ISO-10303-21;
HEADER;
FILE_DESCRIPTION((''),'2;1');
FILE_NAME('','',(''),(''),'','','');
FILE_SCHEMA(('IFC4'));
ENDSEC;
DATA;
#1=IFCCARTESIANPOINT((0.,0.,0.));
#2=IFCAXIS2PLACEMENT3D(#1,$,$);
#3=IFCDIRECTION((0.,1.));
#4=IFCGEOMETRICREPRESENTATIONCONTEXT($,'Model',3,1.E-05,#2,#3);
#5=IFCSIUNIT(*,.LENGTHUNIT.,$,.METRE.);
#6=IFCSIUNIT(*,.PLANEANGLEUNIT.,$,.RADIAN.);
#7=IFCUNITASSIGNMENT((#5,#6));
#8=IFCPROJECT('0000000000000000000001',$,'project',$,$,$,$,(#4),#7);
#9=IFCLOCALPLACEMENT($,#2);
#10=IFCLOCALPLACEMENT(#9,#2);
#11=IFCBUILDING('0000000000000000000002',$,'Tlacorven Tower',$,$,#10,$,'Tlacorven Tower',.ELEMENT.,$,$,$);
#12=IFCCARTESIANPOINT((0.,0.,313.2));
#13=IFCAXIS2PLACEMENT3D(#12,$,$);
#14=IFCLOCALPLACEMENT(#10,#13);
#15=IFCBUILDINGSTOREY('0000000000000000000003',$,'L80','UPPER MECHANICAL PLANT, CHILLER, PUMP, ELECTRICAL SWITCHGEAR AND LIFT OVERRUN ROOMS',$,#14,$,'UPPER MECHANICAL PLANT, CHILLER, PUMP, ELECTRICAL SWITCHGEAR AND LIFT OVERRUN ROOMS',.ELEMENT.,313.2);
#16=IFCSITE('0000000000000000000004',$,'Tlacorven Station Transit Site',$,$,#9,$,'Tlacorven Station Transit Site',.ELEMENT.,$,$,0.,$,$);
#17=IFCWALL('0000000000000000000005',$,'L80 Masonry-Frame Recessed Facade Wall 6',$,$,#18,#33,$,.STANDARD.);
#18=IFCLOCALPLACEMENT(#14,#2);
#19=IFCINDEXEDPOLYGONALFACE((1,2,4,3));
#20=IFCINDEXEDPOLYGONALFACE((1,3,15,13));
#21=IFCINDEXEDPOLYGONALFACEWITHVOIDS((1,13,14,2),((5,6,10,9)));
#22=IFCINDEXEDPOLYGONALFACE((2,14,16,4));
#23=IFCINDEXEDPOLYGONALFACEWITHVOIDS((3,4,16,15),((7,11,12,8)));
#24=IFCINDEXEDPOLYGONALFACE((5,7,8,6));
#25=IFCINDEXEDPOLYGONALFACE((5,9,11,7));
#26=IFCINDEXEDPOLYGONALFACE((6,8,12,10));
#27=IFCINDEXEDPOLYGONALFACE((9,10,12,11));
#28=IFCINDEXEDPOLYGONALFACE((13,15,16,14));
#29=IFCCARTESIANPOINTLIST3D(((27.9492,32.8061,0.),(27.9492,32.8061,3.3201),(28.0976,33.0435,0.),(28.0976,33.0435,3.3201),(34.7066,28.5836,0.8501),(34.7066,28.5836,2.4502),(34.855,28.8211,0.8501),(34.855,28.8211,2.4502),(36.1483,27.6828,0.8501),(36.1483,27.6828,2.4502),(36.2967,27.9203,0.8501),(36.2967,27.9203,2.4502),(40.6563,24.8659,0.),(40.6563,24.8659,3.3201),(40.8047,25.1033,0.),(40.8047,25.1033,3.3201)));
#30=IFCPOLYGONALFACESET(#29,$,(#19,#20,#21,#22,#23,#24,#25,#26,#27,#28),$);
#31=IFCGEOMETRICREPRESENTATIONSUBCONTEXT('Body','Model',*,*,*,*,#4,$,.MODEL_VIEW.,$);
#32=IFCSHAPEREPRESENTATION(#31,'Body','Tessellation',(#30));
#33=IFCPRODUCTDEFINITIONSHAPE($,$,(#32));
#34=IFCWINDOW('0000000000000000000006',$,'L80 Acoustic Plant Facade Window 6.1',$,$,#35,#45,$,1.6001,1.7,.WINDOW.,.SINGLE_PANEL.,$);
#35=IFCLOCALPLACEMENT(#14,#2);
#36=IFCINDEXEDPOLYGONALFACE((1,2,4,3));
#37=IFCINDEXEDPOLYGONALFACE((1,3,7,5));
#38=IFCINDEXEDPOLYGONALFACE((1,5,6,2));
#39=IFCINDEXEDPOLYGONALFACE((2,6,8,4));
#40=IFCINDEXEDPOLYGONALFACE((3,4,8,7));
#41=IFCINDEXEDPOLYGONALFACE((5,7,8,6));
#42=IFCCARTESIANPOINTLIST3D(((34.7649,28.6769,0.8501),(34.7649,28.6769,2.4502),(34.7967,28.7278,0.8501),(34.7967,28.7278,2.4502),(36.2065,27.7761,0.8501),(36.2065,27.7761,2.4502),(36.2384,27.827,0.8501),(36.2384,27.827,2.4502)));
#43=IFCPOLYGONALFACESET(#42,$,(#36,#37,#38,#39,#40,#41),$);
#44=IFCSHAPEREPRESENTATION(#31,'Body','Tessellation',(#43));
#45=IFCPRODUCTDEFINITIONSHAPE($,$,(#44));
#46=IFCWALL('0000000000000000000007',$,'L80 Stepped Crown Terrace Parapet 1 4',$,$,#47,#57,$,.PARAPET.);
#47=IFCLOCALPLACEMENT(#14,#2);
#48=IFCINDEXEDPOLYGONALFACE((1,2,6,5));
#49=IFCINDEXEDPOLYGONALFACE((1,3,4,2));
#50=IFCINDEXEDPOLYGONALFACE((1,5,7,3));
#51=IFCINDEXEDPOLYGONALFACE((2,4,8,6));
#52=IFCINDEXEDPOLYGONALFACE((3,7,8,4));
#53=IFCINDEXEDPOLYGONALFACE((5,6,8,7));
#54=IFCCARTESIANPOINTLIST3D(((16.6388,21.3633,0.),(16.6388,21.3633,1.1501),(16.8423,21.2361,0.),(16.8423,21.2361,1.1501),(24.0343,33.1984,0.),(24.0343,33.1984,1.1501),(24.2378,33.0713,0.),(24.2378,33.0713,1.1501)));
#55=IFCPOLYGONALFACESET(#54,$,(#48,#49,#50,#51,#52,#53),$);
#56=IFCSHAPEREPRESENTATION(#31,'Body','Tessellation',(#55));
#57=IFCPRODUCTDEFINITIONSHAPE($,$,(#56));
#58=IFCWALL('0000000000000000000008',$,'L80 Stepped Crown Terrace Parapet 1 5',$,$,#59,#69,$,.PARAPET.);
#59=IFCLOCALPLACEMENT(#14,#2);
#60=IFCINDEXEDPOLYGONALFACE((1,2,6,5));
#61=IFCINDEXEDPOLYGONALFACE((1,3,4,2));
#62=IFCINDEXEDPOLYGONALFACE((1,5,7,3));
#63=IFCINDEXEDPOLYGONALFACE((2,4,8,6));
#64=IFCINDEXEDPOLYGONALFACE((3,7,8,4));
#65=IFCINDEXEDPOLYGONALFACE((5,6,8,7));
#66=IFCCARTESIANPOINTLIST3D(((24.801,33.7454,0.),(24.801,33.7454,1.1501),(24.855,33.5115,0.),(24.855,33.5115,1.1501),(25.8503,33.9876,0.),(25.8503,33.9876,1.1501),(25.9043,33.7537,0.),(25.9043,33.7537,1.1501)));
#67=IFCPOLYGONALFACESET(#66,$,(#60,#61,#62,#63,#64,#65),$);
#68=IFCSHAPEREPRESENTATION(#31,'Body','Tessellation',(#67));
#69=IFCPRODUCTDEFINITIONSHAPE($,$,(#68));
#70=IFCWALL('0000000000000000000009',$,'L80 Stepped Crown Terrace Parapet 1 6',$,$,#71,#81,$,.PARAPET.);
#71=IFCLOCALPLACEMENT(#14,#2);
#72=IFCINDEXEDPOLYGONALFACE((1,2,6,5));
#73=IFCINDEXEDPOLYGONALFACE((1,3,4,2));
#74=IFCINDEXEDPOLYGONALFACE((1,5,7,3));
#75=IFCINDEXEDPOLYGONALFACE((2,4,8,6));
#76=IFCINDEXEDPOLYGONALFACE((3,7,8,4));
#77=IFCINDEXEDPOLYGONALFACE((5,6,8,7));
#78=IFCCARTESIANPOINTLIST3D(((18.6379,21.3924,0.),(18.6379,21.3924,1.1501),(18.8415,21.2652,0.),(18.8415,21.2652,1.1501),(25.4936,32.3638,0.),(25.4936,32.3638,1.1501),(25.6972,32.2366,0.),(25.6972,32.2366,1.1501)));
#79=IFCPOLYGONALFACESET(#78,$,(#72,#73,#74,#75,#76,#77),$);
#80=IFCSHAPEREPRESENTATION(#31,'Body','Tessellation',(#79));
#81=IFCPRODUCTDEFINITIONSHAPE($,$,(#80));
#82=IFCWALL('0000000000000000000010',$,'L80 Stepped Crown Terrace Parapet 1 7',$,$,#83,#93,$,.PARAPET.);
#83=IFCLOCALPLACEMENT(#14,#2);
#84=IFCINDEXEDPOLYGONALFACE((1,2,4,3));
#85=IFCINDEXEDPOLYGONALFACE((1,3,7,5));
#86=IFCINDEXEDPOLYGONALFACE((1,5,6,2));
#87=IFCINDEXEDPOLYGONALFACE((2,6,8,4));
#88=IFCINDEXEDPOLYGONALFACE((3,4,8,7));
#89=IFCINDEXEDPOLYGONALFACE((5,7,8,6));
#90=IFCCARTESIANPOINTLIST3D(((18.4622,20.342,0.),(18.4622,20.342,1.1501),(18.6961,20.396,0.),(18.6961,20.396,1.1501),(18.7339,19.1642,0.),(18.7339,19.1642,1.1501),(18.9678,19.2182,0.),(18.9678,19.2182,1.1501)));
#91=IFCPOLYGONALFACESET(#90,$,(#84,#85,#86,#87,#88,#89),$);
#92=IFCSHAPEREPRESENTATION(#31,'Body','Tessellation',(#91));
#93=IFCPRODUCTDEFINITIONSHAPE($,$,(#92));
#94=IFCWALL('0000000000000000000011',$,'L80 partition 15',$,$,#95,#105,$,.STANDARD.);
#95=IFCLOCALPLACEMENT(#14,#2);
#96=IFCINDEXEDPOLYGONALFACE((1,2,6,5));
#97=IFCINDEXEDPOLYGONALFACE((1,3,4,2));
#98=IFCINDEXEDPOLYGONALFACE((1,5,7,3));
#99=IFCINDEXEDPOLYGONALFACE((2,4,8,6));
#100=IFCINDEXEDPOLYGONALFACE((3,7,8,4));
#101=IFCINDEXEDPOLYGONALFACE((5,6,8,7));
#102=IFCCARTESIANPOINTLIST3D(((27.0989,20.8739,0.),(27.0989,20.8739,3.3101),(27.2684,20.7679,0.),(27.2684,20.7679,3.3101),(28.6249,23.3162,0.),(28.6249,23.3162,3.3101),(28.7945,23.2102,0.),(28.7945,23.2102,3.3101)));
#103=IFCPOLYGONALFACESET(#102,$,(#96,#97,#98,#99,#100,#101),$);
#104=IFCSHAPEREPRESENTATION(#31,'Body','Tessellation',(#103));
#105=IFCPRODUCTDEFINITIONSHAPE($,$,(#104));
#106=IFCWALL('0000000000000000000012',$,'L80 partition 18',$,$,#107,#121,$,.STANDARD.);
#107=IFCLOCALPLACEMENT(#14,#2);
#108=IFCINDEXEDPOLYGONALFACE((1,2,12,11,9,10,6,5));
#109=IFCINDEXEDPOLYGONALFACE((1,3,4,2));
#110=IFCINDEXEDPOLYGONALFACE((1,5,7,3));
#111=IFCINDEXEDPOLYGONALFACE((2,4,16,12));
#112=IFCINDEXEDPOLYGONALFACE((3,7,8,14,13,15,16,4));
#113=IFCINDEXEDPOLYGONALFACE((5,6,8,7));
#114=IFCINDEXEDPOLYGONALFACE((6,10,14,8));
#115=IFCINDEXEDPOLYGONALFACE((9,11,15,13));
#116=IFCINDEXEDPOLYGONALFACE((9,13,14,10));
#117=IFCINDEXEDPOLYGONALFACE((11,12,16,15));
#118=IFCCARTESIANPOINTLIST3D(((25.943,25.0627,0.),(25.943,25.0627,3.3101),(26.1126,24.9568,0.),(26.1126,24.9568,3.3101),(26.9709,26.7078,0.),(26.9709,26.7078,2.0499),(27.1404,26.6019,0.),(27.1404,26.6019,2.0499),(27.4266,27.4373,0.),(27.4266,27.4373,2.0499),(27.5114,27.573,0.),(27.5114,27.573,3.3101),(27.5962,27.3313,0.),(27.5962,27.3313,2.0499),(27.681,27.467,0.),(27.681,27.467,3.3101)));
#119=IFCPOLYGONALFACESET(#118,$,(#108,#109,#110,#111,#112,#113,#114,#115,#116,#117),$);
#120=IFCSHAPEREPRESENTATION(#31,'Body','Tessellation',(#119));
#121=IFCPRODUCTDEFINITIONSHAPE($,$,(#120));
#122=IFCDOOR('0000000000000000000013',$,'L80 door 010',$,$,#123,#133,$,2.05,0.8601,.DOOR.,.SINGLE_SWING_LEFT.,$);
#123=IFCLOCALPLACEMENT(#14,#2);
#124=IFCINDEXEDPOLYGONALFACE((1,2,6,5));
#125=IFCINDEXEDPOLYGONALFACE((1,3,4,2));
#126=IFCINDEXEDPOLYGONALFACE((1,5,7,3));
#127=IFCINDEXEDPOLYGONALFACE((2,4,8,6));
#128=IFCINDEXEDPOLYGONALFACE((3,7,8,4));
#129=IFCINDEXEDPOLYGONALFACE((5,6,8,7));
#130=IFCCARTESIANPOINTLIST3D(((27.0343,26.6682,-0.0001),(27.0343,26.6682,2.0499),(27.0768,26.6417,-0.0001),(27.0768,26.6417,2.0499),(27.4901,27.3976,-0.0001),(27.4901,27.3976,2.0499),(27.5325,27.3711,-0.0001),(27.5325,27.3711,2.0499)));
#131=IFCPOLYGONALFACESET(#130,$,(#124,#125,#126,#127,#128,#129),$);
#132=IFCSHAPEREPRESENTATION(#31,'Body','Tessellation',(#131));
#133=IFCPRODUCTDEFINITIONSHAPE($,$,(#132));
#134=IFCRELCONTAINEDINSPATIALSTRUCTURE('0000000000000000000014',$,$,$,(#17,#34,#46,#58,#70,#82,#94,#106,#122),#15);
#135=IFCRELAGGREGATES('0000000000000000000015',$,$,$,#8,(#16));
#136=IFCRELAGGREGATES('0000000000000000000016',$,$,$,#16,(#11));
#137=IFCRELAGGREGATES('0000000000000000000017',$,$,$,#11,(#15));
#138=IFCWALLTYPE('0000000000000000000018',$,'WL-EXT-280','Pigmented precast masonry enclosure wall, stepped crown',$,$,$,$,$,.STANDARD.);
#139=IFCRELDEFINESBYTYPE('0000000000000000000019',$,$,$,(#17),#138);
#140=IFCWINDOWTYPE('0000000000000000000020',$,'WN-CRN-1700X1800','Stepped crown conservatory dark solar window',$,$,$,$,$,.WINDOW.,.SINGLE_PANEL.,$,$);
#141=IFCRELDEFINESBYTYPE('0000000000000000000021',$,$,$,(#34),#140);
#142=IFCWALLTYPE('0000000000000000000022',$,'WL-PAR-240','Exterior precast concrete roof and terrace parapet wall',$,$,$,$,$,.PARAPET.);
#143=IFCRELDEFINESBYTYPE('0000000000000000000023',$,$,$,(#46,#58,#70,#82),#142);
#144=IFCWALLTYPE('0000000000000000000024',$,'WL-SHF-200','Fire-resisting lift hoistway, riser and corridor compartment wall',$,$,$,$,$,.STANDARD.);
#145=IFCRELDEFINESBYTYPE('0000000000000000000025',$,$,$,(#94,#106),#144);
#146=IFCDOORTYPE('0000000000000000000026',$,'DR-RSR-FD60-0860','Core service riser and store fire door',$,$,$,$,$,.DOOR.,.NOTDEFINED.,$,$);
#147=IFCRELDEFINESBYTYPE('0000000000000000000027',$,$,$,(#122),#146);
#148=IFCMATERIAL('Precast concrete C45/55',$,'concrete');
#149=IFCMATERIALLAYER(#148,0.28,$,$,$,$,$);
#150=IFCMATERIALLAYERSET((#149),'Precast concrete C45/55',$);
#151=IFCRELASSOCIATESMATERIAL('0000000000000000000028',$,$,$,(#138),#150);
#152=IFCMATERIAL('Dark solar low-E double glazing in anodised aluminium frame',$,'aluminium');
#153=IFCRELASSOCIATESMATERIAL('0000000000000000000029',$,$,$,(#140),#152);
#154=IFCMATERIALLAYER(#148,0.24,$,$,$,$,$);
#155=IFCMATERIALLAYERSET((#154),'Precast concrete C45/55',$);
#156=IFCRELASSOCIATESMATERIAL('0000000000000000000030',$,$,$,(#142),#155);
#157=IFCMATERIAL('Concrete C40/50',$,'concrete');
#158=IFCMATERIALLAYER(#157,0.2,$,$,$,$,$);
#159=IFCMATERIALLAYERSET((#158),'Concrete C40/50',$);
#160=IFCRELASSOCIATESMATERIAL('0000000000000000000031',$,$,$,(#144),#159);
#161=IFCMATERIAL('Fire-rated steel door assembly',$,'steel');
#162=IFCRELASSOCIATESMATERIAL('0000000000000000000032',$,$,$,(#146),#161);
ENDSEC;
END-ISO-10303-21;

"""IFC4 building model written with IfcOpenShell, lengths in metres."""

from ifc_helpers import new_model, si_unit, direction, frame, frame_2d, origin, place, context, subcontext, project, spatial, rectangle, extrude, source, transform, mapped, material, layer, layer_set, type_object, element, fill, save


model = new_model("IFC4")

# Units and contexts
model_context = context("Model", 3, precision=1e-05, world=origin(), true_north=direction((0.0, 1.0)))
body_context = subcontext(model_context, "Body", "Model", "MODEL_VIEW")
ifc_project = project(units=[si_unit("LENGTHUNIT", "METRE"), si_unit("PLANEANGLEUNIT", "RADIAN")], contexts=[model_context])

# Site, building, storey
site_placement = place(None, origin())
site = spatial("IfcSite", under=ifc_project, at=site_placement, Name="Tlacorven Station Transit Site", LongName="Tlacorven Station Transit Site", CompositionType="ELEMENT", RefElevation=0.0)
building_placement = place(site_placement, origin())
building = spatial("IfcBuilding", under=site, at=building_placement, Name="Tlacorven Tower", LongName="Tlacorven Tower", CompositionType="ELEMENT")
storey_placement = place(building_placement, frame((0.0, 0.0, 313.2)))
storey = spatial("IfcBuildingStorey", under=building, at=storey_placement, Name="L80", Description="UPPER MECHANICAL PLANT, CHILLER, PUMP, ELECTRICAL SWITCHGEAR AND LIFT OVERRUN ROOMS", LongName="UPPER MECHANICAL PLANT, CHILLER, PUMP, ELECTRICAL SWITCHGEAR AND LIFT OVERRUN ROOMS", CompositionType="ELEMENT", Elevation=313.2)

# Shared definitions
ifc_material_1 = material(Name="Precast concrete C45/55", Category="concrete")
ifc_layer_1 = layer(ifc_material_1, 0.28)
ifc_layer_set_1 = layer_set([ifc_layer_1], Name="Precast concrete C45/55")
wall_type_1 = type_object("IfcWallType", Name="WL-EXT-280", Description="Pigmented precast masonry enclosure wall, stepped crown", PredefinedType="STANDARD", material=ifc_layer_set_1)
ifc_material_2 = material(Name="Dark solar low-E double glazing in anodised aluminium frame", Category="aluminium")
window_type = type_object("IfcWindowType", Name="WN-CRN-1700X1800", Description="Stepped crown conservatory dark solar window", PartitioningType="SINGLE_PANEL", PredefinedType="WINDOW", material=ifc_material_2)
shared_shape_1 = source(origin(), body_context, "Body", "SweptSolid", [
    extrude(rectangle(XDim=1.7, YDim=1.6001, at=frame_2d((0.8501, 0.8))), frame((0.0, 0.03, 0.0), z_axis=(0.0, -1.0, 0.0), x_axis=(1.0, 0.0, 0.0)), (0.0, 0.0, 1.0), 0.0601),
])

# Wall, opening, window
wall_1_placement = place(storey_placement, frame((28.0234, 32.9248, 0.0), z_axis=(0.0, 0.0, 1.0), x_axis=(0.84805, -0.529917, 0.0)))
wall_1 = element("IfcWall", 1, at=wall_1_placement, inside=storey, type_object=wall_type_1, Name="L80 Masonry-Frame Recessed Facade Wall 6", PredefinedType="STANDARD", context=body_context, shape_type="SweptSolid", body=[
    extrude(rectangle(XDim=14.9839, YDim=0.28, at=frame_2d((7.4919, 0.0))), origin(), (0.0, 0.0, 1.0), 3.3201),
])
opening_1_placement = place(wall_1_placement, frame((7.968, 0.0, 0.8501)))
opening_1 = element("IfcOpeningElement", 2, at=opening_1_placement, cuts=wall_1, PredefinedType="OPENING", context=body_context, shape_type="SweptSolid", body=[
    extrude(rectangle(XDim=1.7, YDim=1.6001, at=frame_2d((0.8501, 0.8))), frame((0.0, 0.1499, 0.0), z_axis=(0.0, -1.0, 0.0), x_axis=(1.0, 0.0, 0.0)), (0.0, 0.0, 1.0), 0.3),
])
window_1_placement = place(opening_1_placement, origin())
window_1 = element("IfcWindow", 3, at=window_1_placement, inside=storey, type_object=window_type, Name="L80 Acoustic Plant Facade Window 6.1", OverallHeight=1.6001, OverallWidth=1.7, PartitioningType="SINGLE_PANEL", PredefinedType="WINDOW", context=body_context, shape_type="MappedRepresentation", body=[
    mapped(shared_shape_1, transform((0.0, 0.0, 0.0), scale=1.0)),
])
fill(opening_1, window_1)

# Walls
ifc_layer_2 = layer(ifc_material_1, 0.24)
ifc_layer_set_2 = layer_set([ifc_layer_2], Name="Precast concrete C45/55")
wall_type_2 = type_object("IfcWallType", Name="WL-PAR-240", Description="Exterior precast concrete roof and terrace parapet wall", PredefinedType="PARAPET", material=ifc_layer_set_2)
wall_2_placement = place(storey_placement, frame((16.7405, 21.2996, 0.0), z_axis=(0.0, 0.0, 1.0), x_axis=(0.529922, 0.848046, 0.0)))
element("IfcWall", 4, at=wall_2_placement, inside=storey, type_object=wall_type_2, Name="L80 Stepped Crown Terrace Parapet 1 4", PredefinedType="PARAPET", context=body_context, shape_type="SweptSolid", body=[
    extrude(rectangle(XDim=13.9558, YDim=0.24, at=frame_2d((6.978, 0.0))), origin(), (0.0, 0.0, 1.0), 1.1501),
])
wall_3_placement = place(storey_placement, frame((24.8279, 33.6284, 0.0), z_axis=(0.0, 0.0, 1.0), x_axis=(0.974384, 0.224893, 0.0)))
element("IfcWall", 5, at=wall_3_placement, inside=storey, type_object=wall_type_2, Name="L80 Stepped Crown Terrace Parapet 1 5", PredefinedType="PARAPET", context=body_context, shape_type="SweptSolid", body=[
    extrude(rectangle(XDim=1.0769, YDim=0.24, at=frame_2d((0.5386, 0.0))), origin(), (0.0, 0.0, 1.0), 1.1501),
])
wall_4_placement = place(storey_placement, frame((25.5955, 32.3003, 0.0), z_axis=(0.0, 0.0, 1.0), x_axis=(-0.529919, -0.848048, 0.0)))
element("IfcWall", 6, at=wall_4_placement, inside=storey, type_object=wall_type_2, Name="L80 Stepped Crown Terrace Parapet 1 6", PredefinedType="PARAPET", context=body_context, shape_type="SweptSolid", body=[
    extrude(rectangle(XDim=12.9373, YDim=0.24, at=frame_2d((6.4688, 0.0))), origin(), (0.0, 0.0, 1.0), 1.1501),
])
wall_5_placement = place(storey_placement, frame((18.5791, 20.3691, 0.0), z_axis=(0.0, 0.0, 1.0), x_axis=(0.224815, -0.974401, 0.0)))
element("IfcWall", 7, at=wall_5_placement, inside=storey, type_object=wall_type_2, Name="L80 Stepped Crown Terrace Parapet 1 7", PredefinedType="PARAPET", context=body_context, shape_type="SweptSolid", body=[
    extrude(rectangle(XDim=1.2087, YDim=0.24, at=frame_2d((0.6045, 0.0))), origin(), (0.0, 0.0, 1.0), 1.1501),
])
ifc_material_3 = material(Name="Concrete C40/50", Category="concrete")
ifc_layer_3 = layer(ifc_material_3, 0.2)
ifc_layer_set_3 = layer_set([ifc_layer_3], Name="Concrete C40/50")
wall_type_3 = type_object("IfcWallType", Name="WL-SHF-200", Description="Fire-resisting lift hoistway, riser and corridor compartment wall", PredefinedType="STANDARD", material=ifc_layer_set_3)
wall_6_placement = place(storey_placement, frame((28.7097, 23.2632, 0.0), z_axis=(0.0, 0.0, 1.0), x_axis=(-0.529907, -0.848055, 0.0)))
element("IfcWall", 8, at=wall_6_placement, inside=storey, type_object=wall_type_3, Name="L80 partition 15", PredefinedType="STANDARD", context=body_context, shape_type="SweptSolid", body=[
    extrude(rectangle(XDim=2.8799, YDim=0.2, at=frame_2d((1.4399, 0.0))), origin(), (0.0, 0.0, 1.0), 3.3101),
])

# Wall, opening, door
wall_7_placement = place(storey_placement, frame((27.5962, 27.52, 0.0), z_axis=(0.0, 0.0, 1.0), x_axis=(-0.529865, -0.848082, 0.0)))
wall_7 = element("IfcWall", 9, at=wall_7_placement, inside=storey, type_object=wall_type_3, Name="L80 partition 18", PredefinedType="STANDARD", context=body_context, shape_type="SweptSolid", body=[
    extrude(rectangle(XDim=2.96, YDim=0.2, at=frame_2d((1.48, 0.0))), origin(), (0.0, 0.0, 1.0), 3.3101),
])
opening_2_placement = place(wall_7_placement, frame((0.1599, 0.0, 0.0)))
opening_2 = element("IfcOpeningElement", 10, at=opening_2_placement, cuts=wall_7, PredefinedType="OPENING", context=body_context, shape_type="SweptSolid", body=[
    extrude(rectangle(XDim=0.8601, YDim=2.05, at=frame_2d((0.4302, 1.0249))), frame((0.0, 0.1099, 0.0), z_axis=(0.0, -1.0, 0.0), x_axis=(1.0, 0.0, 0.0)), (0.0, 0.0, 1.0), 0.22),
])
ifc_material_4 = material(Name="Fire-rated steel door assembly", Category="steel")
door_type_1 = type_object("IfcDoorType", Name="DR-RSR-FD60-0860", Description="Core service riser and store fire door", OperationType="NOTDEFINED", PredefinedType="DOOR", material=ifc_material_4)
shared_shape_2 = source(origin(), body_context, "Body", "SweptSolid", [
    extrude(rectangle(XDim=0.8601, YDim=2.05, at=frame_2d((0.4302, 1.0249))), frame((0.0, 0.0249, 0.0), z_axis=(0.0, -1.0, 0.0), x_axis=(1.0, 0.0, 0.0)), (0.0, 0.0, 1.0), 0.05),
])
door_1_placement = place(opening_2_placement, origin())
door_1 = element("IfcDoor", 11, at=door_1_placement, inside=storey, type_object=door_type_1, Name="L80 door 010", OperationType="SINGLE_SWING_LEFT", OverallHeight=2.05, OverallWidth=0.8601, PredefinedType="DOOR", context=body_context, shape_type="MappedRepresentation", body=[
    mapped(shared_shape_2, transform((0.0, 0.0, 0.0), scale=1.0)),
])
fill(opening_2, door_1)

save(model, "model.ifc")
